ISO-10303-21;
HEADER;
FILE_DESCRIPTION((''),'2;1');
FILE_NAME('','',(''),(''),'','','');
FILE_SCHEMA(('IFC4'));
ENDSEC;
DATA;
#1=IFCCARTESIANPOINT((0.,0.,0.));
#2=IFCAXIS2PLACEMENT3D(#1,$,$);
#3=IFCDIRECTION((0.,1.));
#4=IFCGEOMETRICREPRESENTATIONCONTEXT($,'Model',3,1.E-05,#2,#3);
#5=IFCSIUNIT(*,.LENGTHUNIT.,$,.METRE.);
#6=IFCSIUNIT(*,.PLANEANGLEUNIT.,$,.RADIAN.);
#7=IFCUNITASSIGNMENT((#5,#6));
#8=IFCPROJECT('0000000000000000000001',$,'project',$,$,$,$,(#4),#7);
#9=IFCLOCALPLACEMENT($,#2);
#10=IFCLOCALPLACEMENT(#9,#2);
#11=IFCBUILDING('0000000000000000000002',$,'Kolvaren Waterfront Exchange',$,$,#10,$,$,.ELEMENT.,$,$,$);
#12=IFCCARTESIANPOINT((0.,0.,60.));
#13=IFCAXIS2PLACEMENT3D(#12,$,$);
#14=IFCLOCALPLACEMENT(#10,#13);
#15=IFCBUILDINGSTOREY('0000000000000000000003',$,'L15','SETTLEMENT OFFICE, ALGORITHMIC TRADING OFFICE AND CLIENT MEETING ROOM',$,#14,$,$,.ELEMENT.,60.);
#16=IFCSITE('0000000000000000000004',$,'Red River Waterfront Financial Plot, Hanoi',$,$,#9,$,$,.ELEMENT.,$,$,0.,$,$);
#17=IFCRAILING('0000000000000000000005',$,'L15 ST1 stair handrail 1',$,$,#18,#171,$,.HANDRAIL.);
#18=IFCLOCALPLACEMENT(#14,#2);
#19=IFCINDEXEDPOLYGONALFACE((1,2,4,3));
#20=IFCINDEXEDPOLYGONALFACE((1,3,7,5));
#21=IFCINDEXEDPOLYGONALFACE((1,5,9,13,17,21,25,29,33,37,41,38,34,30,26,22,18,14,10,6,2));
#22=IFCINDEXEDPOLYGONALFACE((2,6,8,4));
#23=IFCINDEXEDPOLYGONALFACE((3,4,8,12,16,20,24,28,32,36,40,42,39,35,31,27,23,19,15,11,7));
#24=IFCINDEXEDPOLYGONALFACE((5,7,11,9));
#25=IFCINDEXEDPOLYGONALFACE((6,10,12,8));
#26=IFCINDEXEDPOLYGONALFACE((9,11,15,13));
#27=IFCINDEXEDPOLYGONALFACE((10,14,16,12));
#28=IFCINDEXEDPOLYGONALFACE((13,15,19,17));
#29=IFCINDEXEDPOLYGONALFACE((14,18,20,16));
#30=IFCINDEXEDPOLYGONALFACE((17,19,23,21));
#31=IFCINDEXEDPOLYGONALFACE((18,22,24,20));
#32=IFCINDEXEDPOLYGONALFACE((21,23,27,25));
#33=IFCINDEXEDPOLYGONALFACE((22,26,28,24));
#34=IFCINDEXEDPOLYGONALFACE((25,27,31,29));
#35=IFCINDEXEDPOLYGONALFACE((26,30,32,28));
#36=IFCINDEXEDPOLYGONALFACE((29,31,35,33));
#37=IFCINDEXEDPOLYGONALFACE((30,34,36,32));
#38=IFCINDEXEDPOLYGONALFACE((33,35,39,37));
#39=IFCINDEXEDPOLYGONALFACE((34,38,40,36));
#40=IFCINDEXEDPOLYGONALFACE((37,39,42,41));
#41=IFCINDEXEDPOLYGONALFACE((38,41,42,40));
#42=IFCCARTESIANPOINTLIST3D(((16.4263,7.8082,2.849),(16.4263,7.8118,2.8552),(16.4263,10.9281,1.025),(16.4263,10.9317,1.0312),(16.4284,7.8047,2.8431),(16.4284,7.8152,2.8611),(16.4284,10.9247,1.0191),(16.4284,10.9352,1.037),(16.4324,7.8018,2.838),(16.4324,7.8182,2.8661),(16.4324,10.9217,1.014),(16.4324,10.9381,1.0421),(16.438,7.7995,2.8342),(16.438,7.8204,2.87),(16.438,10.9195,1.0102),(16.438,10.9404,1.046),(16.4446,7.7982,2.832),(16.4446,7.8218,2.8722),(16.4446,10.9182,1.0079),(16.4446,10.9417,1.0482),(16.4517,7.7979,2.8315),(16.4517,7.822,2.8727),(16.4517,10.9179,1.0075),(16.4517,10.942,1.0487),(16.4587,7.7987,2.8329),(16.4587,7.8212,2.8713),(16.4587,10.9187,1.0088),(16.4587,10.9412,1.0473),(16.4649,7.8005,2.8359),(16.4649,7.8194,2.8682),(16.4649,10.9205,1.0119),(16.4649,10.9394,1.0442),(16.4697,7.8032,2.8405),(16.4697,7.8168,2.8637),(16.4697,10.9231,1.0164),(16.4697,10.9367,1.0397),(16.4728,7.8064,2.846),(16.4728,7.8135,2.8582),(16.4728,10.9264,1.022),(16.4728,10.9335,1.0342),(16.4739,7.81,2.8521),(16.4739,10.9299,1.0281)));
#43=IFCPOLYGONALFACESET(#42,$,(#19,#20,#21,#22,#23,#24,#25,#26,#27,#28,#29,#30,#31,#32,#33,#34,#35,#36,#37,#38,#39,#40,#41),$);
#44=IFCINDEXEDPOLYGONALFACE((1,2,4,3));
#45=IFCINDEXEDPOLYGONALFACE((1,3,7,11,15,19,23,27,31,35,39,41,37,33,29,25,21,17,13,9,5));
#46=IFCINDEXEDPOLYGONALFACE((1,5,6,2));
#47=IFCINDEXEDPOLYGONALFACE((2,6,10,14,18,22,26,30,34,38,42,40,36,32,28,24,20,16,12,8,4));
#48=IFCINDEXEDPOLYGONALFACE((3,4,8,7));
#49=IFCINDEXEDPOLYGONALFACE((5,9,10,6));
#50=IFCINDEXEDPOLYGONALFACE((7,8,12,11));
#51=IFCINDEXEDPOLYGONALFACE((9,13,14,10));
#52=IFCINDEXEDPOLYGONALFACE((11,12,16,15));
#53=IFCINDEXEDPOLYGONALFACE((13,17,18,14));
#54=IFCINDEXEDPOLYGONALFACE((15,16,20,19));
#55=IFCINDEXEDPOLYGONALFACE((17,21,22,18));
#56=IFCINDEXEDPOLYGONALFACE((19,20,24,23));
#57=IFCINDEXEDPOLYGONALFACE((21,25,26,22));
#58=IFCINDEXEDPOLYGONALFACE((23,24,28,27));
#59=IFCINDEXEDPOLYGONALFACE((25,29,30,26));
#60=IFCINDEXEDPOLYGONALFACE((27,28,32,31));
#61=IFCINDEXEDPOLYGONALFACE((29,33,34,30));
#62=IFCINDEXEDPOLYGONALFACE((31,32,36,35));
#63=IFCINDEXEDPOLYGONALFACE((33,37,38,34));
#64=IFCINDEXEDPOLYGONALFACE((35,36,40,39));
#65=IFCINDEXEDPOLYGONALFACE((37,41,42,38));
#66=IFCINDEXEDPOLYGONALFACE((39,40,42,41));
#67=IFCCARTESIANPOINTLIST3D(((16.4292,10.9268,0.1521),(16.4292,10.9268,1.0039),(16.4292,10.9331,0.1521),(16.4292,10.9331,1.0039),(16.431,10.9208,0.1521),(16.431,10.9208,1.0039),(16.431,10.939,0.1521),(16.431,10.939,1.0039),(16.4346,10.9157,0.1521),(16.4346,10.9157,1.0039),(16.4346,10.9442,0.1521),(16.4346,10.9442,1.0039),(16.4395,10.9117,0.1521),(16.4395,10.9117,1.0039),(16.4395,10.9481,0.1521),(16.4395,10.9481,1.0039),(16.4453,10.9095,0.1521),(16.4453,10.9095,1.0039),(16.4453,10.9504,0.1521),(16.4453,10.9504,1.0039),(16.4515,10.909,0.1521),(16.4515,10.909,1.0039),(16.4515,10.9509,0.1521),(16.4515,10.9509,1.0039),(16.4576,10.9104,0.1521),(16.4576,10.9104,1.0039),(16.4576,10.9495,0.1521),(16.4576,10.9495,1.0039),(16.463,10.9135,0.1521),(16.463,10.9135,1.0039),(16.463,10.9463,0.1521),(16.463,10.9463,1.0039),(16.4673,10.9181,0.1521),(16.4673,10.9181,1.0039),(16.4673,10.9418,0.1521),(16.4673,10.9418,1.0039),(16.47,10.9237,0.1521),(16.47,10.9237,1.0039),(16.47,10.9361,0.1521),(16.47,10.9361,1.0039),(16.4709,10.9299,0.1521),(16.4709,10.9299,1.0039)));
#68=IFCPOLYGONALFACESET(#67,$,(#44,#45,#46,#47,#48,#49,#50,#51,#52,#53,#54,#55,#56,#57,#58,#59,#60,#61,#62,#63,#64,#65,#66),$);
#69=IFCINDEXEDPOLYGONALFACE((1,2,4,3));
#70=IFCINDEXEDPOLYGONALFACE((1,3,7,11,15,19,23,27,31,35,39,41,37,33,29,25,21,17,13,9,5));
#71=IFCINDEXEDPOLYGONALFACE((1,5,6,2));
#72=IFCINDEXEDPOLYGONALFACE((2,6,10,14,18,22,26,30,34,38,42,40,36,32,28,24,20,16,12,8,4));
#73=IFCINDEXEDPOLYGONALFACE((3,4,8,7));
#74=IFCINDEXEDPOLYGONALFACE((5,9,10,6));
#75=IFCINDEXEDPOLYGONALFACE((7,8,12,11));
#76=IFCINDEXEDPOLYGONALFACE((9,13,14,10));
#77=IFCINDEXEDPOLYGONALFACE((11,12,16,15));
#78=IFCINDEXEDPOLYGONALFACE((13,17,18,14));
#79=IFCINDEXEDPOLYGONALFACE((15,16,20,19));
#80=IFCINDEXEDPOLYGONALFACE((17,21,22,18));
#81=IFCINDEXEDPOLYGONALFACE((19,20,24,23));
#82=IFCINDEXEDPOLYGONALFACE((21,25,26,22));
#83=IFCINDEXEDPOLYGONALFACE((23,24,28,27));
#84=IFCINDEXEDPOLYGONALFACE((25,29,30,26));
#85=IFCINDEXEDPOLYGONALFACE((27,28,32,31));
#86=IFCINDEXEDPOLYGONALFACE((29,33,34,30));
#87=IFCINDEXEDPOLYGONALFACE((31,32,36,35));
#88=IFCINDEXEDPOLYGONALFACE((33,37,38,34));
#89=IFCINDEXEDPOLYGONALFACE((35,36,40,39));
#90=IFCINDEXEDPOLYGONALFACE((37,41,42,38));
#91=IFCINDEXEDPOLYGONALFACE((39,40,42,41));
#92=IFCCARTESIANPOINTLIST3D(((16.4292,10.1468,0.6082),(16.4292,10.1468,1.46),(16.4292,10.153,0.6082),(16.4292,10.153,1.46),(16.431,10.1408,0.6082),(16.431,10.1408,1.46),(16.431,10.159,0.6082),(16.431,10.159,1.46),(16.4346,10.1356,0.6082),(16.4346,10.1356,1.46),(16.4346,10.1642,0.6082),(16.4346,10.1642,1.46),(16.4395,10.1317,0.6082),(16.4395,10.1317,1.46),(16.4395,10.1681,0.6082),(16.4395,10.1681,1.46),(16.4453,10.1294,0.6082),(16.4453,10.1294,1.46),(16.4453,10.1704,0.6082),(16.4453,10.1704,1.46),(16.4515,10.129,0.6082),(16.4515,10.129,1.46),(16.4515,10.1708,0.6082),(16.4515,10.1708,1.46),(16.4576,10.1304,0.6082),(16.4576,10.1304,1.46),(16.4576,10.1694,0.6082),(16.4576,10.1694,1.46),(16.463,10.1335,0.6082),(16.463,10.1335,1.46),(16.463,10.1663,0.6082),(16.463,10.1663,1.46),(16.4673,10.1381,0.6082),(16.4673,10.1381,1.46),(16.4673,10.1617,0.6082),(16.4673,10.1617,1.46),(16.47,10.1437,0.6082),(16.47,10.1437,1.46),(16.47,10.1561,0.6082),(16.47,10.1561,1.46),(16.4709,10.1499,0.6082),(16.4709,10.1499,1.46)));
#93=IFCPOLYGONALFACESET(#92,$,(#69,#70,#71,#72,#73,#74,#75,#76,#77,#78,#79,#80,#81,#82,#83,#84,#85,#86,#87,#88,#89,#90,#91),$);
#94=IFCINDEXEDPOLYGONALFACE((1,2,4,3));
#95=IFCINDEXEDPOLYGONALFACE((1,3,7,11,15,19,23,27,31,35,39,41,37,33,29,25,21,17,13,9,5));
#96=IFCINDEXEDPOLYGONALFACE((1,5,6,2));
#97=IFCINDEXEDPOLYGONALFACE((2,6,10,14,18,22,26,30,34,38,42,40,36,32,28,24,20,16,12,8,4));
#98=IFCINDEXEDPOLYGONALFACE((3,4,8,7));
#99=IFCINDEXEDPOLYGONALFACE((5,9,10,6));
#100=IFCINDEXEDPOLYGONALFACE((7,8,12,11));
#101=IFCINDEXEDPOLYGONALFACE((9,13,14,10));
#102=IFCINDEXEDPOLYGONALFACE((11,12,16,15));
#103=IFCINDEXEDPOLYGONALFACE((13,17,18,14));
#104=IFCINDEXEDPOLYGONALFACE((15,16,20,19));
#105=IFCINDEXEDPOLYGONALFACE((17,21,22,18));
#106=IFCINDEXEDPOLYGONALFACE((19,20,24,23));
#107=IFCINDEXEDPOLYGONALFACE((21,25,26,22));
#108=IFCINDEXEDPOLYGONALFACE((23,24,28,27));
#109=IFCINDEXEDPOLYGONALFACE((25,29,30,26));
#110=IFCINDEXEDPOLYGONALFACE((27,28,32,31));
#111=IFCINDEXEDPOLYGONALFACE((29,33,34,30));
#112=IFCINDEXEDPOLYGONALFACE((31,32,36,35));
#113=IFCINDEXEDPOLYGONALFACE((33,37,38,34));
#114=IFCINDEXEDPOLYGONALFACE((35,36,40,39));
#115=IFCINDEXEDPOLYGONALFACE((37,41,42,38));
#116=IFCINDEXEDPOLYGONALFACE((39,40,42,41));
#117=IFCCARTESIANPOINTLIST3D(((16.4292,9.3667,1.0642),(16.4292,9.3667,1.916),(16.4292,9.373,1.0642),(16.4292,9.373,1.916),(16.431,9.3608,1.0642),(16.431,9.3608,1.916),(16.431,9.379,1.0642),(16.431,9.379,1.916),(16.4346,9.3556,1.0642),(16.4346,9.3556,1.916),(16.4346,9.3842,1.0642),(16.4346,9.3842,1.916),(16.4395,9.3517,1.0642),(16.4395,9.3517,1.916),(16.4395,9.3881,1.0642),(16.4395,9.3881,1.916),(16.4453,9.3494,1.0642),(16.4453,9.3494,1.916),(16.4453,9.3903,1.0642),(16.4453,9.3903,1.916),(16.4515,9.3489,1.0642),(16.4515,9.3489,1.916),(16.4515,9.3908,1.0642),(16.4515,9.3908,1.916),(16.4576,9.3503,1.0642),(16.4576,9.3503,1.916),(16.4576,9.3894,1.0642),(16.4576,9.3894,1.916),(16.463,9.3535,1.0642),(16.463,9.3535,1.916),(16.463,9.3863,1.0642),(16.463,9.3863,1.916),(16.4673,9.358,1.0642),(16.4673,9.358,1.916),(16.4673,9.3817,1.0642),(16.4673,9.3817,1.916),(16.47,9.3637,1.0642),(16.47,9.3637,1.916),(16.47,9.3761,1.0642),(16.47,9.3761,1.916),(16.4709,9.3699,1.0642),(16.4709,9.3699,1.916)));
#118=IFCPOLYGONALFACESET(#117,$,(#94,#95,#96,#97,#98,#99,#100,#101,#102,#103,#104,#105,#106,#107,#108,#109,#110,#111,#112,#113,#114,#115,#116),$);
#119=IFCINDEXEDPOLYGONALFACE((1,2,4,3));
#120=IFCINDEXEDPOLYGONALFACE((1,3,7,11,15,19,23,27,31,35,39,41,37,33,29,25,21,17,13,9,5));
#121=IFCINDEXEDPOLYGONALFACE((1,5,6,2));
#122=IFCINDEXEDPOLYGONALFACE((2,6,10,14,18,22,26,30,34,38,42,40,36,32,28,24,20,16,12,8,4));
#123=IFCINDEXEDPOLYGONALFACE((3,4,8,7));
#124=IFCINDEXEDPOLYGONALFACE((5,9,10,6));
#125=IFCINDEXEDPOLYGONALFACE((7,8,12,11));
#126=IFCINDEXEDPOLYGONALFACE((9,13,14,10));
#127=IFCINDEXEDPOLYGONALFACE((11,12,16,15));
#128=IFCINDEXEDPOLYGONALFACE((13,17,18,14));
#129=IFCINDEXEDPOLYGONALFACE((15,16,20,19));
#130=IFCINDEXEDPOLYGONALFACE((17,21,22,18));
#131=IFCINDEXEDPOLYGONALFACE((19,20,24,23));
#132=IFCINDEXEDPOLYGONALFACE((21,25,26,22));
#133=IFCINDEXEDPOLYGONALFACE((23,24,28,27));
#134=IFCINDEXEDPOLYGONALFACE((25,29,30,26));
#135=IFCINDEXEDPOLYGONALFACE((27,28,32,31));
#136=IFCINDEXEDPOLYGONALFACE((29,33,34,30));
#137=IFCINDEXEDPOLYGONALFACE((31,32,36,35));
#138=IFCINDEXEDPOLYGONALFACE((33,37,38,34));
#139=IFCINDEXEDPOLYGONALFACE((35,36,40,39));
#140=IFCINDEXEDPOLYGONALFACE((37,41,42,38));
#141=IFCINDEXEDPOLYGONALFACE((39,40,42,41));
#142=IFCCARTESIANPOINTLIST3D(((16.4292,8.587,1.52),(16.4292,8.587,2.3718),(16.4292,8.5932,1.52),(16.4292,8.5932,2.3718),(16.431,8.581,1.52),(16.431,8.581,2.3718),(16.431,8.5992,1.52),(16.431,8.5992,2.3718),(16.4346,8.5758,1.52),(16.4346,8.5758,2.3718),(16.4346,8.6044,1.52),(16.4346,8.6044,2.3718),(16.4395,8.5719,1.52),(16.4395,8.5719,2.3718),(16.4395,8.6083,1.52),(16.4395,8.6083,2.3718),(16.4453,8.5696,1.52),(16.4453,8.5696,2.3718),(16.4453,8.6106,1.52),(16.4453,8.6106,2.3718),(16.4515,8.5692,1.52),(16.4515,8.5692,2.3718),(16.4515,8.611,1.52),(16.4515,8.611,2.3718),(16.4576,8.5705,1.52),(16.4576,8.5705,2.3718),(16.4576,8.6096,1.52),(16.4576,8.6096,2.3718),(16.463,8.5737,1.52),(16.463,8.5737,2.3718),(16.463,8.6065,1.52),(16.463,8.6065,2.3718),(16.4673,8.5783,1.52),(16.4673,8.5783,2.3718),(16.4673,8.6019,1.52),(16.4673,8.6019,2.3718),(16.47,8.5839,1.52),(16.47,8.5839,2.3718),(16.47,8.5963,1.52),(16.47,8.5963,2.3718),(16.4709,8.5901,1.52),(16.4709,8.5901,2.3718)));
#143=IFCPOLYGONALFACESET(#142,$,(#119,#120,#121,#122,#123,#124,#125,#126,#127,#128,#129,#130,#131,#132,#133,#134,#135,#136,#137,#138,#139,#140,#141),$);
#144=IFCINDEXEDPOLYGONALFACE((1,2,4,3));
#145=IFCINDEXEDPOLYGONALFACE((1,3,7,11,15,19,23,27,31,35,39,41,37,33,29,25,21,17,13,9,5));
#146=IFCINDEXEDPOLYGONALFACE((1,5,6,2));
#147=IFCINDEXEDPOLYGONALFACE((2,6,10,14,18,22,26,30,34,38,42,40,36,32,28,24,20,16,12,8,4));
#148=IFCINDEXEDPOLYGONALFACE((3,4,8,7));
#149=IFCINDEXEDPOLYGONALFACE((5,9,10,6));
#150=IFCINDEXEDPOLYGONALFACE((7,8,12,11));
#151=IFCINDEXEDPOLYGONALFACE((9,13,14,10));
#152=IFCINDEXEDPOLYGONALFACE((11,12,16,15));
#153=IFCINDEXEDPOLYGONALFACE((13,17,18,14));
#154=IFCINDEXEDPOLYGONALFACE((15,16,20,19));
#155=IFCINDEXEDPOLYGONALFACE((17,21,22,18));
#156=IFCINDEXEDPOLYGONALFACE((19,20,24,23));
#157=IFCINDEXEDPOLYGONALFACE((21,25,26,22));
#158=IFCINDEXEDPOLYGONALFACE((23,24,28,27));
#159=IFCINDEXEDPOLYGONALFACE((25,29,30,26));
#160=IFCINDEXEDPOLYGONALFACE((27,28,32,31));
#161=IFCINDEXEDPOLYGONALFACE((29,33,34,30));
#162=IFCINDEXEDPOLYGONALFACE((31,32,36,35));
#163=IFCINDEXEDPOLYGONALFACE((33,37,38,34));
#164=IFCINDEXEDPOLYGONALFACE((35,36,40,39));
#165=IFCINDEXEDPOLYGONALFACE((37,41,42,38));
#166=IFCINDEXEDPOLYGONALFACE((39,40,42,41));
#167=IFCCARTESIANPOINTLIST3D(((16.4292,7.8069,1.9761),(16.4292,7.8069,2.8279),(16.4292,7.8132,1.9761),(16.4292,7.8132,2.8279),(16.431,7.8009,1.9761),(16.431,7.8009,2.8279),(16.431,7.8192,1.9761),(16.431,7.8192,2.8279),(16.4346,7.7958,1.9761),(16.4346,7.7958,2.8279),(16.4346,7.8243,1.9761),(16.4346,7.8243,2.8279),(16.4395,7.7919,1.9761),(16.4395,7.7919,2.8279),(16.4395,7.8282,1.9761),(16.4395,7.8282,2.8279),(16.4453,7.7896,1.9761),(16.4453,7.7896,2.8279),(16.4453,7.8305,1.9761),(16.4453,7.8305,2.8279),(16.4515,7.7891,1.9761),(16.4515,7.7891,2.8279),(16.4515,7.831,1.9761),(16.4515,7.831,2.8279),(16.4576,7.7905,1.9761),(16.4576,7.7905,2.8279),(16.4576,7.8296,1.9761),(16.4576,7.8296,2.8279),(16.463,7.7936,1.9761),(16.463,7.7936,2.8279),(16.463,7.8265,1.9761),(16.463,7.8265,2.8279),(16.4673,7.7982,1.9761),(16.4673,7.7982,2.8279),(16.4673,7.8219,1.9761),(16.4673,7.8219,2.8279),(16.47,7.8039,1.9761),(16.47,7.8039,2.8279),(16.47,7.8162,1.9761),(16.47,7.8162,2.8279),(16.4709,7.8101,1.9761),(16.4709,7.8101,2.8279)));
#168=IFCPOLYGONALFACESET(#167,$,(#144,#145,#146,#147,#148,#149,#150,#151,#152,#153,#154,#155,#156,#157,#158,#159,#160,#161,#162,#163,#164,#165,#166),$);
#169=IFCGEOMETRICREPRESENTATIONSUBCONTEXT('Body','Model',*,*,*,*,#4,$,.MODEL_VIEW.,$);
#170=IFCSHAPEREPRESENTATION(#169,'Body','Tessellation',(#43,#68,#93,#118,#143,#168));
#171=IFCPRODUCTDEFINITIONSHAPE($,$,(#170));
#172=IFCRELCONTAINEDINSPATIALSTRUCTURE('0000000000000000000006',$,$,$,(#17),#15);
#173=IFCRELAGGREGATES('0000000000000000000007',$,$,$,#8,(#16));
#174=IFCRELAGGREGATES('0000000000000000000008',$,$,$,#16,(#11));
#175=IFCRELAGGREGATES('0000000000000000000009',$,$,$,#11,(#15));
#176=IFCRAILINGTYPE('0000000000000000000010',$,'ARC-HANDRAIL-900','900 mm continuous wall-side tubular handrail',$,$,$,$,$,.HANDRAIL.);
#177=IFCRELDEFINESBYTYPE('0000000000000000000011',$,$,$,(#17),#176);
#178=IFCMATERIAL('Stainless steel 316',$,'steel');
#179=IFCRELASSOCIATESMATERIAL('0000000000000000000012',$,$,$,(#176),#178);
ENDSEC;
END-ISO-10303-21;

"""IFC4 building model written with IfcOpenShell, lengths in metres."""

from ifc_helpers import new_model, si_unit, direction, frame, origin, origin_2d, place, context, subcontext, project, spatial, circle, extrude, material, type_object, element, save


model = new_model("IFC4")

# Units and contexts
model_context = context("Model", 3, precision=1e-05, world=origin(), true_north=direction((0.0, 1.0)))
body_context = subcontext(model_context, "Body", "Model", "MODEL_VIEW")
ifc_project = project(units=[si_unit("LENGTHUNIT", "METRE"), si_unit("PLANEANGLEUNIT", "RADIAN")], contexts=[model_context])

# Site, building, storey
site_placement = place(None, origin())
site = spatial("IfcSite", under=ifc_project, at=site_placement, Name="Red River Waterfront Financial Plot, Hanoi", CompositionType="ELEMENT", RefElevation=0.0)
building_placement = place(site_placement, origin())
building = spatial("IfcBuilding", under=site, at=building_placement, Name="Kolvaren Waterfront Exchange", CompositionType="ELEMENT")
storey_placement = place(building_placement, frame((0.0, 0.0, 60.0)))
storey = spatial("IfcBuildingStorey", under=building, at=storey_placement, Name="L15", Description="SETTLEMENT OFFICE, ALGORITHMIC TRADING OFFICE AND CLIENT MEETING ROOM", CompositionType="ELEMENT", Elevation=60.0)

# Railing
ifc_material_1 = material(Name="Stainless steel 316", Category="steel")
railing_type_1 = type_object("IfcRailingType", Name="ARC-HANDRAIL-900", Description="900 mm continuous wall-side tubular handrail", PredefinedType="HANDRAIL", material=ifc_material_1)
railing_1_placement = place(storey_placement, frame((16.45, 10.9299, 0.1521)))
element("IfcRailing", 1, at=railing_1_placement, inside=storey, type_object=railing_type_1, Name="L15 ST1 stair handrail 1", PredefinedType="HANDRAIL", context=body_context, shape_type="SweptSolid", body=[
    extrude(circle(Radius=0.0239, at=origin_2d()), frame((0.0, 0.0, 0.876), z_axis=(0.0, -0.863291, 0.504707), x_axis=(1.0, 0.0, 0.0)), (0.0, 0.0, 1.0), 3.614),
    extrude(circle(Radius=0.021, at=origin_2d()), origin(), (0.0, 0.0, 1.0), 0.8518),
    extrude(circle(Radius=0.021, at=origin_2d()), frame((0.0, -0.78, 0.4561)), (0.0, 0.0, 1.0), 0.8518),
    extrude(circle(Radius=0.021, at=origin_2d()), frame((0.0, -1.5601, 0.9121)), (0.0, 0.0, 1.0), 0.8518),
    extrude(circle(Radius=0.021, at=origin_2d()), frame((0.0, -2.3398, 1.3679)), (0.0, 0.0, 1.0), 0.8518),
    extrude(circle(Radius=0.021, at=origin_2d()), frame((0.0, -3.1199, 1.824)), (0.0, 0.0, 1.0), 0.8518),
])

save(model, "model.ifc")
